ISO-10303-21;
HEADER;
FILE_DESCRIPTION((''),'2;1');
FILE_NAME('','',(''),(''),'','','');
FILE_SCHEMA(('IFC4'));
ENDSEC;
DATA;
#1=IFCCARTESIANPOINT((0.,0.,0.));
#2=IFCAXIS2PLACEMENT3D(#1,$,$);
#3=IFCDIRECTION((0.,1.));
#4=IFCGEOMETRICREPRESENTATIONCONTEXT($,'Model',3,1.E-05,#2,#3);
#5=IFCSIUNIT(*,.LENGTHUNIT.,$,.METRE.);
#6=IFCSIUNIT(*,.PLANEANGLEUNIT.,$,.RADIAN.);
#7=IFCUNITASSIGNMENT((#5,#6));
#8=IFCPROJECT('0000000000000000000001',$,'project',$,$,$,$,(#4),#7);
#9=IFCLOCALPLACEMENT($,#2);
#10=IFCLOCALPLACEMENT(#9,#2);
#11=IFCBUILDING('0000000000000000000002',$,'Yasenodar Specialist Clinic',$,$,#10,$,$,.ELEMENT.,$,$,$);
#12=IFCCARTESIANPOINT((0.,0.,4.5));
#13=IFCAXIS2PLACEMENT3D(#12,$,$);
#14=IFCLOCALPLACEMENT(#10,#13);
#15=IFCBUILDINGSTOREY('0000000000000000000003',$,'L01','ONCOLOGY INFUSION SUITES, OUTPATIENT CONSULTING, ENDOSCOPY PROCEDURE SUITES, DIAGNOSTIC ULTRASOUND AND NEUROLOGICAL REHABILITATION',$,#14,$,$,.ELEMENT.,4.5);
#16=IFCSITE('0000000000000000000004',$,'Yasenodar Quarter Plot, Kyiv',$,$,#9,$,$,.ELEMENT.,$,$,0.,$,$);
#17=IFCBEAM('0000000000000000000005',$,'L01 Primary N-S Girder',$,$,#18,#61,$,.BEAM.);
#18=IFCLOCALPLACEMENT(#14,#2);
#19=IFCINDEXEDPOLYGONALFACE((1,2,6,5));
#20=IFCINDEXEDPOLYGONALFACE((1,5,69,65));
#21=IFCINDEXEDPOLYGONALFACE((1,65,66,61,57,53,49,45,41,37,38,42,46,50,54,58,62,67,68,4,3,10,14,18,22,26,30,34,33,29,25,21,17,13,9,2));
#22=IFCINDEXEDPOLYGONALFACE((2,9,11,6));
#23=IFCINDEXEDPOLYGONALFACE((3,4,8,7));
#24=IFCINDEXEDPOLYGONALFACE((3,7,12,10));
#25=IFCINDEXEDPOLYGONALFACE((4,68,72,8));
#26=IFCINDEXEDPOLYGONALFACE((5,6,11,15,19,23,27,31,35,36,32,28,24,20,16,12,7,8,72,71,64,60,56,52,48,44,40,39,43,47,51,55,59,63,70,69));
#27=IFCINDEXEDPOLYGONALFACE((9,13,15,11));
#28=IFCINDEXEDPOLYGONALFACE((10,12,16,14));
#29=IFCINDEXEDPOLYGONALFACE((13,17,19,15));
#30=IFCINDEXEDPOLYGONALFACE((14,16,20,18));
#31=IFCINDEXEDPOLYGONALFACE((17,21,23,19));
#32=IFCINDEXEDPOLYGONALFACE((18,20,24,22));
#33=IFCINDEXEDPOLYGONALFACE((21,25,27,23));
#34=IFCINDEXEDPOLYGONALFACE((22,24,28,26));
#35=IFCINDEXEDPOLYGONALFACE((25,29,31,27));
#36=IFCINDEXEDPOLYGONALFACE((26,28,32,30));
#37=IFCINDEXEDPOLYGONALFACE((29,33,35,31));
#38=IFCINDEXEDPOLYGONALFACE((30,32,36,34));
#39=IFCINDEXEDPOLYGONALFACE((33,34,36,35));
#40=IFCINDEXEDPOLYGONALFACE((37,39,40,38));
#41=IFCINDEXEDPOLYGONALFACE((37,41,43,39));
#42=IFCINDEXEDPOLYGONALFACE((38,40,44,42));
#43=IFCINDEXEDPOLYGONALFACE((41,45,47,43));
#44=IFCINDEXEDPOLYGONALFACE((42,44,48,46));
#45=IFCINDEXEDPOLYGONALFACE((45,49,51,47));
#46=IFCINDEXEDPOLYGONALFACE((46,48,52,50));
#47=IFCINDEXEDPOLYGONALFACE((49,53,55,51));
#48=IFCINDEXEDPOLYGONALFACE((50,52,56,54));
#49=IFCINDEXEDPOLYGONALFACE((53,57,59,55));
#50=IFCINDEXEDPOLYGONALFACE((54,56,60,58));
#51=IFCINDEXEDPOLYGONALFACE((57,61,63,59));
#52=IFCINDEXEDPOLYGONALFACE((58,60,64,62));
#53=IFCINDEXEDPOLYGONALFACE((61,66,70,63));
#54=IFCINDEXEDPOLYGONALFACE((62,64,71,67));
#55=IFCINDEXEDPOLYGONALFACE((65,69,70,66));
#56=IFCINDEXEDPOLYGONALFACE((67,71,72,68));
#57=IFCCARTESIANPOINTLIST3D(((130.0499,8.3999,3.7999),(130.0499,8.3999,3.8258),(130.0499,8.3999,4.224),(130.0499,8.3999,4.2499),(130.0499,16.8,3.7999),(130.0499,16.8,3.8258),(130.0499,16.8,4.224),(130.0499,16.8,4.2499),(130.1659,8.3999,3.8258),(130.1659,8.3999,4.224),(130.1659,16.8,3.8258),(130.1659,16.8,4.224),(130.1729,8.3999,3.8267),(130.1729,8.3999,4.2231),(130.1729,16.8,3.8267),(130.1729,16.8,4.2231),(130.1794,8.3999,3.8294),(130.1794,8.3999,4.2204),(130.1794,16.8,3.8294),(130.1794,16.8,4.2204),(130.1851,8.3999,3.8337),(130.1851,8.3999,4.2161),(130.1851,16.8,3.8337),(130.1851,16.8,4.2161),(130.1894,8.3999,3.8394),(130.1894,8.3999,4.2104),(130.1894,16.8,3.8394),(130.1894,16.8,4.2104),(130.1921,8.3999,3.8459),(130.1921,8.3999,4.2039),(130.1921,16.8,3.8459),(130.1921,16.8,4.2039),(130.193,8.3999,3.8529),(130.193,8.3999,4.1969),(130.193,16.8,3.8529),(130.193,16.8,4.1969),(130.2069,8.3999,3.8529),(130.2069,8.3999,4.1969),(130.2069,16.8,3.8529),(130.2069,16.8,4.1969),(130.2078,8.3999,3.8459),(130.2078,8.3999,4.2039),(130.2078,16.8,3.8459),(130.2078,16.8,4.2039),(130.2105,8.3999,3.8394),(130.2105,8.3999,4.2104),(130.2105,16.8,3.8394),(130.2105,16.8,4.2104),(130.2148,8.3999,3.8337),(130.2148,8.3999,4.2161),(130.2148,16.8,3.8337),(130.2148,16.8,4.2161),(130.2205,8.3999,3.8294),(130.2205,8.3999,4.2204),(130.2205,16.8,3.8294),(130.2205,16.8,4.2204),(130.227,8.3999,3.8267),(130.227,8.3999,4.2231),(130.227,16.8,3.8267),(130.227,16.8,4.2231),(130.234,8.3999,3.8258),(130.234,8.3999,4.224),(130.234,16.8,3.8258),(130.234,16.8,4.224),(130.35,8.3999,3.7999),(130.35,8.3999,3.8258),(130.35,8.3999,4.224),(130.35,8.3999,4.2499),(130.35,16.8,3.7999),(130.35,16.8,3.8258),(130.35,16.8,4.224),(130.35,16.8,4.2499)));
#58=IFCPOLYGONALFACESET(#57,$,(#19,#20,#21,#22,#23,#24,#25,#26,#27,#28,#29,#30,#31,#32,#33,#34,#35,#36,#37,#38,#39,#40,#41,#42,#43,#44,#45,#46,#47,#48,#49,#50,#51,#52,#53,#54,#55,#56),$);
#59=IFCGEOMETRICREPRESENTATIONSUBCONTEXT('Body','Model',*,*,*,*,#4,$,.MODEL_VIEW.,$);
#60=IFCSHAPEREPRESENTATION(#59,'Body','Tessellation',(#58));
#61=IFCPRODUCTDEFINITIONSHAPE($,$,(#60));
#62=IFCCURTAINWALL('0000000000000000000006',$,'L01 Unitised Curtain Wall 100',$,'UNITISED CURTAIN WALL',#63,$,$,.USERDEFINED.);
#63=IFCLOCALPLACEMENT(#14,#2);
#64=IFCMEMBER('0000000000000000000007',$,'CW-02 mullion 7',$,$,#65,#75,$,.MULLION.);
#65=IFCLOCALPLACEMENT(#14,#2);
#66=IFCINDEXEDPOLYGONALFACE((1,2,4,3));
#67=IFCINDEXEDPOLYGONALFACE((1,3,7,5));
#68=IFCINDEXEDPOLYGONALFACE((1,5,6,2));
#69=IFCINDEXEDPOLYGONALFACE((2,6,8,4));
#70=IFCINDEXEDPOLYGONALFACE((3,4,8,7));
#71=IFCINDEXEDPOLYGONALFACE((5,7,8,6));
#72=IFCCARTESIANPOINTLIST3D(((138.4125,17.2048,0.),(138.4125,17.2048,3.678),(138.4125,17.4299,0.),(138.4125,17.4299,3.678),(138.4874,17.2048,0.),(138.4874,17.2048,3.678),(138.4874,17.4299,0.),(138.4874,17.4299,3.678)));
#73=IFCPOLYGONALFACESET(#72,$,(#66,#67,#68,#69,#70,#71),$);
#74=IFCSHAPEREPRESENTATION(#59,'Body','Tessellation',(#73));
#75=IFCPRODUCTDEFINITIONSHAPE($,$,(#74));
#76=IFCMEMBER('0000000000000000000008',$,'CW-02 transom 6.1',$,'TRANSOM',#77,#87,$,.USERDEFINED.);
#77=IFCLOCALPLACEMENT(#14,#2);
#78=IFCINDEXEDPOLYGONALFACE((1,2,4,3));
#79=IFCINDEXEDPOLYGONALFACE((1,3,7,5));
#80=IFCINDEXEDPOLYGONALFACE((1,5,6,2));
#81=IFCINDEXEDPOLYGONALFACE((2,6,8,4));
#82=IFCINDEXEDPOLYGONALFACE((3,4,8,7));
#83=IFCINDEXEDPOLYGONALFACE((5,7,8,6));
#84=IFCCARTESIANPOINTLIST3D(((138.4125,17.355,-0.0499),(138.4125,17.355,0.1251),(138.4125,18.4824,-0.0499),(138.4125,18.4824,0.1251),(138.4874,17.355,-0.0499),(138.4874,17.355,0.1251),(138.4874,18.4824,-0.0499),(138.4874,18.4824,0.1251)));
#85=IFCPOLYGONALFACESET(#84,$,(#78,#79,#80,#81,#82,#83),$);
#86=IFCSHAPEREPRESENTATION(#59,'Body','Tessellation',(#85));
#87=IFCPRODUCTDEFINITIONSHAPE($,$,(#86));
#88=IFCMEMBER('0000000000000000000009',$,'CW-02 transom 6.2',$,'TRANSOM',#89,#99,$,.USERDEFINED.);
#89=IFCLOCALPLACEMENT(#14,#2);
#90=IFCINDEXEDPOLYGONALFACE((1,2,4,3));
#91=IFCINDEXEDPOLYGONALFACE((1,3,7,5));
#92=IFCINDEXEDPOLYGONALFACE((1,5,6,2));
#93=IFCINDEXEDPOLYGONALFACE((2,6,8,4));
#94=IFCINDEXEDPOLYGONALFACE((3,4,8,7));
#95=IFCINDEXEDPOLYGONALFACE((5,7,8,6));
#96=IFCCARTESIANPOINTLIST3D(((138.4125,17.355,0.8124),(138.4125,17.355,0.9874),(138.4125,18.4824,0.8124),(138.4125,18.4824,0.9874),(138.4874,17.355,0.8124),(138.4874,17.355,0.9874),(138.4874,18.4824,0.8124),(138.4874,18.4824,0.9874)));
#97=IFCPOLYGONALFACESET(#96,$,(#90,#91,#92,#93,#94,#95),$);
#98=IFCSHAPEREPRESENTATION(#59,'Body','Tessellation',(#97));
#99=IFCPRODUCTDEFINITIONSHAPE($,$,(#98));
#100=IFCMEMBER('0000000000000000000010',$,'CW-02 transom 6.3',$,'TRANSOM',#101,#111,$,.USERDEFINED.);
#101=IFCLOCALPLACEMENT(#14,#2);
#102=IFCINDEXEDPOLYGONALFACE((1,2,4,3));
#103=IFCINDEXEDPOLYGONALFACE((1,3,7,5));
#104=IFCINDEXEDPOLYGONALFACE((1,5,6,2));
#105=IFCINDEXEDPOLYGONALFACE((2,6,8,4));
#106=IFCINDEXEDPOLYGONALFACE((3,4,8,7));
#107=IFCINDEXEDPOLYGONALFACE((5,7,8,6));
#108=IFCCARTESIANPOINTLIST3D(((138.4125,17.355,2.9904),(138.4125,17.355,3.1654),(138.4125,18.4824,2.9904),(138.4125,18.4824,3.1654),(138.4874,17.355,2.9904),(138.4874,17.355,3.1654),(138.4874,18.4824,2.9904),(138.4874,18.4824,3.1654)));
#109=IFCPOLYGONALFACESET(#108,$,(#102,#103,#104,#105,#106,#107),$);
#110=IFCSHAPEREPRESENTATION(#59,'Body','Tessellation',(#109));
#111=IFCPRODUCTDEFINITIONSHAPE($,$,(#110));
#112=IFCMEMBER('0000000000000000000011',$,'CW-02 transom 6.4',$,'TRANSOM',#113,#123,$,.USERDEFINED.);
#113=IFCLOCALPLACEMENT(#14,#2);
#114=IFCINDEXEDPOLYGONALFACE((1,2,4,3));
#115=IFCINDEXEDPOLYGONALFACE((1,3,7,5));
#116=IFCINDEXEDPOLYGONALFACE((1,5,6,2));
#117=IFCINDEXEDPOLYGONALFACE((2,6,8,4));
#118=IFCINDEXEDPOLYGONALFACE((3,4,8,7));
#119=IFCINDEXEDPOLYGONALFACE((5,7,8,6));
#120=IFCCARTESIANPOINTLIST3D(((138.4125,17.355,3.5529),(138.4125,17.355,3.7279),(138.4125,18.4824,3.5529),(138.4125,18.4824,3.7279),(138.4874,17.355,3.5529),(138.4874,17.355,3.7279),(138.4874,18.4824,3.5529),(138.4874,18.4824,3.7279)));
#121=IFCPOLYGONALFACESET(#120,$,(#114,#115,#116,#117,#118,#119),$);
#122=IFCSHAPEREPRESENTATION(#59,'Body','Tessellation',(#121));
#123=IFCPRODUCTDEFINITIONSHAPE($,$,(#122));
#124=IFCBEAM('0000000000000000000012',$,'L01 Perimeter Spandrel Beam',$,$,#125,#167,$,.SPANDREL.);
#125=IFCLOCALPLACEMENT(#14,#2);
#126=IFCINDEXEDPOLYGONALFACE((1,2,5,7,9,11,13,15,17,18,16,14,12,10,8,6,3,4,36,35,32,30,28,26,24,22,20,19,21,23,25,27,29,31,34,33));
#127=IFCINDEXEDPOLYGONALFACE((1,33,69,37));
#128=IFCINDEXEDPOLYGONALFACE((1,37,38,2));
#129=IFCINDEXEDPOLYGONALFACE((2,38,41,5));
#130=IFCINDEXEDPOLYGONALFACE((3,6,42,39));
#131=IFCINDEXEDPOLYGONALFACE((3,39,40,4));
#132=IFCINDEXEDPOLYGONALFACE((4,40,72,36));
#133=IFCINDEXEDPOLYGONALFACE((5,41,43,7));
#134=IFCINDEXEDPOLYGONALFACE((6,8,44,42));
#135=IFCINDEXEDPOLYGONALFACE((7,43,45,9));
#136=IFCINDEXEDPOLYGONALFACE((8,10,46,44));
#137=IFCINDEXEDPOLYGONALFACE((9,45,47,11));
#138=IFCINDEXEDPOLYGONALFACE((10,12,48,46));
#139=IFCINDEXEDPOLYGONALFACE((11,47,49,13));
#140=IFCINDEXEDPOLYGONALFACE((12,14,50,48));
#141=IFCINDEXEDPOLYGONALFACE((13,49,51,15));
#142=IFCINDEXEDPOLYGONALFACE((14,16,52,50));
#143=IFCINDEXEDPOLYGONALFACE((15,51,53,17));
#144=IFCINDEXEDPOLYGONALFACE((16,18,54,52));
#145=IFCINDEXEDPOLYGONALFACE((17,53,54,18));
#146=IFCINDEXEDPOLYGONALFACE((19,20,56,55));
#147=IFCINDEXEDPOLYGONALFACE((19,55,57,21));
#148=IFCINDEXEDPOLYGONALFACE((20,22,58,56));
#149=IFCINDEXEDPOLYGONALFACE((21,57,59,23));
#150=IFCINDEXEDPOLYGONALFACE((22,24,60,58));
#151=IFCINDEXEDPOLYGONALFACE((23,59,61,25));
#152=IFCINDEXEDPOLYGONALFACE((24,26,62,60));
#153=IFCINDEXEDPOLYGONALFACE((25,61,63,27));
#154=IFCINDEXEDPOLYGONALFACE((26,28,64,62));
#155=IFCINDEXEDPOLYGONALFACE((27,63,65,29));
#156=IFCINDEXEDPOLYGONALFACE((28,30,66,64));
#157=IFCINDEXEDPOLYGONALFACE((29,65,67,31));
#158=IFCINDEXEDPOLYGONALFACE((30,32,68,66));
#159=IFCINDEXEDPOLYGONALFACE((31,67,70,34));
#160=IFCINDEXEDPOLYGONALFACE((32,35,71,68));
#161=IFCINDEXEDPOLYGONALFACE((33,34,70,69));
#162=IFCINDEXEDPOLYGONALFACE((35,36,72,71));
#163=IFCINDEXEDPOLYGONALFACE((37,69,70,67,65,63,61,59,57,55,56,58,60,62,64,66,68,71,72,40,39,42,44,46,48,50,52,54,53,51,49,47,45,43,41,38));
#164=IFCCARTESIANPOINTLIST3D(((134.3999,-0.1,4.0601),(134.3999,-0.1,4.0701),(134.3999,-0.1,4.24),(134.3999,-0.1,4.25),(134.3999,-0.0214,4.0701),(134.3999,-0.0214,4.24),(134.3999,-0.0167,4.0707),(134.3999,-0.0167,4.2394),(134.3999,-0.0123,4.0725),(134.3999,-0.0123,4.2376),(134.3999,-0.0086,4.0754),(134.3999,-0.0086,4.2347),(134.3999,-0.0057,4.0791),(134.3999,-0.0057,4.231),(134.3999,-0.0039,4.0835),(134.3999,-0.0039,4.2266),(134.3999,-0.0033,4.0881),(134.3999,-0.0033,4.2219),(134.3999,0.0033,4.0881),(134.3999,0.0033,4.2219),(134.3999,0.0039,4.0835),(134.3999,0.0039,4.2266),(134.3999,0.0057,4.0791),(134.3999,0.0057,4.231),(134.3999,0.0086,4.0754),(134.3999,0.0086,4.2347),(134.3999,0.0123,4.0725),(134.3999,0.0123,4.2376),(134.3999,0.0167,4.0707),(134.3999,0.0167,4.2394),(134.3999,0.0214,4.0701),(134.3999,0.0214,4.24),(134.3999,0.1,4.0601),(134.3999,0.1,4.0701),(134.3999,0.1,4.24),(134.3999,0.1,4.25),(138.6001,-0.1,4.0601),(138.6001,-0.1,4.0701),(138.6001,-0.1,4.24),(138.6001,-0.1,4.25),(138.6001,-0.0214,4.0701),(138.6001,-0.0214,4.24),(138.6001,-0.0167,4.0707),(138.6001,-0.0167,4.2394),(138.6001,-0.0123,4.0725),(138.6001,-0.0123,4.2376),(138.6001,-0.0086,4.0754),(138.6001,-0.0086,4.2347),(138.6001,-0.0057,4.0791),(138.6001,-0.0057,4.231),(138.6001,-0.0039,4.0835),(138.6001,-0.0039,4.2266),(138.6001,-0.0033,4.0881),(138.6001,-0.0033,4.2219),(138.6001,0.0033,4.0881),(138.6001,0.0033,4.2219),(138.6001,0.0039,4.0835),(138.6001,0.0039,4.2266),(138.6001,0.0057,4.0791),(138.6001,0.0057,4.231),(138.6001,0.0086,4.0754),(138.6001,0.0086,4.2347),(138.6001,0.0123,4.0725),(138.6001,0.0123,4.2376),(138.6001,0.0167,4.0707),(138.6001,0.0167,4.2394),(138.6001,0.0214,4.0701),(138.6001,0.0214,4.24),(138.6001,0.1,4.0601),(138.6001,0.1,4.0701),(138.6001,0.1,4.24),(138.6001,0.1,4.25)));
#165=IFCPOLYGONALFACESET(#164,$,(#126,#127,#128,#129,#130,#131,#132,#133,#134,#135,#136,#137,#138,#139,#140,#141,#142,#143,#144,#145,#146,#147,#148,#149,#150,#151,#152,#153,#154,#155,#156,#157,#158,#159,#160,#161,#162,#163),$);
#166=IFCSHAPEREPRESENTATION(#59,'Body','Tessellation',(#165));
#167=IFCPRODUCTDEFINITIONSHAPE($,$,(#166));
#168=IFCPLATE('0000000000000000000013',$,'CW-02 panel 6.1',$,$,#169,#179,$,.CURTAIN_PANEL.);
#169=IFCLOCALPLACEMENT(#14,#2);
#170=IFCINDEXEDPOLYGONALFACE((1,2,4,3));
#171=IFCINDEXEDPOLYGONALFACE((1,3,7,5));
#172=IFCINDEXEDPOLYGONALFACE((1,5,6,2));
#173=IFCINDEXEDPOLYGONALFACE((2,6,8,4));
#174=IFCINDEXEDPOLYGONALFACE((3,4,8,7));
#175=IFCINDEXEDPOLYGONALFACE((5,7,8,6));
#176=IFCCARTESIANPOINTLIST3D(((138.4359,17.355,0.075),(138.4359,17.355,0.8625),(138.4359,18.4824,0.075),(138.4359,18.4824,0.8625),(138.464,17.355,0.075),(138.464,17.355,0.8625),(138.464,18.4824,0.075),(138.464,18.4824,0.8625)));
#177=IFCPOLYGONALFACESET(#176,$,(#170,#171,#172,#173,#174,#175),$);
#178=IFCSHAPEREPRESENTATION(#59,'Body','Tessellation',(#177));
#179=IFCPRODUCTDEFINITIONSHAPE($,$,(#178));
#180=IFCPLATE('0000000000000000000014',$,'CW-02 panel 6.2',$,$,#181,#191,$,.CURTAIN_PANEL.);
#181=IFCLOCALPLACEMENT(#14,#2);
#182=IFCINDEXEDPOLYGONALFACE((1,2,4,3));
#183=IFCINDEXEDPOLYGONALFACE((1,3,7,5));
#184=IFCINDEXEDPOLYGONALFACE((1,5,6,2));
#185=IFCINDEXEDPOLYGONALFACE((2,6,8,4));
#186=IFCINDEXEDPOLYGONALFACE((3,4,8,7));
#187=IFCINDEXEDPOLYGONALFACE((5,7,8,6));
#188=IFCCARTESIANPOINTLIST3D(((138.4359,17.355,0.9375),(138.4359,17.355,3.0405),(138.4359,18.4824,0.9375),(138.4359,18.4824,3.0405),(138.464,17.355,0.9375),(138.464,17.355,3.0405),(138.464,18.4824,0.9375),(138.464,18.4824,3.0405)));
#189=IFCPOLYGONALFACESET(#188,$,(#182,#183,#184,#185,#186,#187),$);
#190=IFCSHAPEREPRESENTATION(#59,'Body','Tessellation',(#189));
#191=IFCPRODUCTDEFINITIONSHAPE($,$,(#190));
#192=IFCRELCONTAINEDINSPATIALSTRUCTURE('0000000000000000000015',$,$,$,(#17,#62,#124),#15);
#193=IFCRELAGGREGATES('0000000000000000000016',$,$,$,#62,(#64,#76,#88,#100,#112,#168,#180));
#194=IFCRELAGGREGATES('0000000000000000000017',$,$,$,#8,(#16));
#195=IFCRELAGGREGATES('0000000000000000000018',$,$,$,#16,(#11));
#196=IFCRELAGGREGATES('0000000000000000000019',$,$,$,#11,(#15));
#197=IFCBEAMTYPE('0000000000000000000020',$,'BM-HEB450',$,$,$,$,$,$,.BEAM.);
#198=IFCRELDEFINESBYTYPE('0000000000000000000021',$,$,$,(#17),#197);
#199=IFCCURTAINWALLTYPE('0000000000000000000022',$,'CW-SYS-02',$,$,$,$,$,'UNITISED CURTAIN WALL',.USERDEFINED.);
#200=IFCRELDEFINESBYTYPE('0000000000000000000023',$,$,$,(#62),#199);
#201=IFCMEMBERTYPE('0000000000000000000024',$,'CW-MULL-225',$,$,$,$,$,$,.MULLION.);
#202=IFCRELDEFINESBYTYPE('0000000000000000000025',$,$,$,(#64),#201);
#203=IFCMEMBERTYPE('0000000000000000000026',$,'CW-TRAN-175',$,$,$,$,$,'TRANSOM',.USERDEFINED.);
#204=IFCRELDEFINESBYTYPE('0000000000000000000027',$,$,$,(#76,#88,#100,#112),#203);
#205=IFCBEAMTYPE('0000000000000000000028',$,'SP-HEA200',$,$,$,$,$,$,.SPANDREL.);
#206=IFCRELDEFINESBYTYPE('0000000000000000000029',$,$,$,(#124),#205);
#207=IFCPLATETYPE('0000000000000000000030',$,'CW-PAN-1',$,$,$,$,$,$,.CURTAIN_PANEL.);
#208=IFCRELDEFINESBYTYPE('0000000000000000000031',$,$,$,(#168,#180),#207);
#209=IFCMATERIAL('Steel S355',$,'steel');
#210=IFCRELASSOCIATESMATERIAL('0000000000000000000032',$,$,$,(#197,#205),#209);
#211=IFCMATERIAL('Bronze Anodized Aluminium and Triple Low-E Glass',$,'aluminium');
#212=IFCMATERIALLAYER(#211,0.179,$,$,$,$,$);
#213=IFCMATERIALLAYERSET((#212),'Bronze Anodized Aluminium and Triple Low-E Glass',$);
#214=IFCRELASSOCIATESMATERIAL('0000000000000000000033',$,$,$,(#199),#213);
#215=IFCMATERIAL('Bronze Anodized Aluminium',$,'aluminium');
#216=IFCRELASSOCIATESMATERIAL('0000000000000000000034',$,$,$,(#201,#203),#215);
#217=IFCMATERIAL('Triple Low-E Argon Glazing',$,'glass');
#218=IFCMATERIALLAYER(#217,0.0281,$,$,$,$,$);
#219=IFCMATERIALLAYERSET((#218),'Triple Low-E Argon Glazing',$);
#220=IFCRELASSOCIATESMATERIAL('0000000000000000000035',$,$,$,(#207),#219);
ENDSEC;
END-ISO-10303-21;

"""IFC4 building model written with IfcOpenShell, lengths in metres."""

from ifc_helpers import new_model, si_unit, direction, frame, origin, origin_2d, place, context, subcontext, project, spatial, rectangle, i_section, extrude, material, layer, layer_set, material_profile, profile_set, type_object, element, aggregate, save


model = new_model("IFC4")

# Units and contexts
model_context = context("Model", 3, precision=1e-05, world=origin(), true_north=direction((0.0, 1.0)))
body_context = subcontext(model_context, "Body", "Model", "MODEL_VIEW")
ifc_project = project(units=[si_unit("LENGTHUNIT", "METRE"), si_unit("PLANEANGLEUNIT", "RADIAN")], contexts=[model_context])

# Site, building, storey
site_placement = place(None, origin())
site = spatial("IfcSite", under=ifc_project, at=site_placement, Name="Yasenodar Quarter Plot, Kyiv", CompositionType="ELEMENT", RefElevation=0.0)
building_placement = place(site_placement, origin())
building = spatial("IfcBuilding", under=site, at=building_placement, Name="Yasenodar Specialist Clinic", CompositionType="ELEMENT")
storey_placement = place(building_placement, frame((0.0, 0.0, 4.5)))
storey = spatial("IfcBuildingStorey", under=building, at=storey_placement, Name="L01", Description="ONCOLOGY INFUSION SUITES, OUTPATIENT CONSULTING, ENDOSCOPY PROCEDURE SUITES, DIAGNOSTIC ULTRASOUND AND NEUROLOGICAL REHABILITATION", CompositionType="ELEMENT", Elevation=4.5)

# Shared definitions
ifc_material_1 = material(Name="Steel S355", Category="steel")

# Beam
ifc_material_profile_1 = material_profile(ifc_material_1, i_section(OverallWidth=0.3, OverallDepth=0.45, WebThickness=0.0139, FlangeThickness=0.0259, FilletRadius=0.0271, at=origin_2d()), Name="HEB 450")
ifc_profile_set_1 = profile_set([ifc_material_profile_1], Name="Steel S355")
beam_type_1 = type_object("IfcBeamType", Name="BM-HEB450", PredefinedType="BEAM", material=ifc_profile_set_1)
beam_1_placement = place(storey_placement, frame((130.2, 8.3999, 4.0249), z_axis=(0.0, 1.0, 0.0), x_axis=(-1.0, 0.0, 0.0)))
element("IfcBeam", 1, at=beam_1_placement, inside=storey, type_object=beam_type_1, Name="L01 Primary N-S Girder", PredefinedType="BEAM", context=body_context, shape_type="SweptSolid", body=[
    extrude(i_section(OverallWidth=0.3, OverallDepth=0.45, WebThickness=0.0139, FlangeThickness=0.0259, FilletRadius=0.0271, at=origin_2d()), origin(), (0.0, 0.0, 1.0), 8.4001),
])

# Curtain wall, members
ifc_material_2 = material(Name="Bronze Anodized Aluminium and Triple Low-E Glass", Category="aluminium")
ifc_layer_1 = layer(ifc_material_2, 0.179)
ifc_layer_set_1 = layer_set([ifc_layer_1], Name="Bronze Anodized Aluminium and Triple Low-E Glass")
curtain_wall_type = type_object("IfcCurtainWallType", Name="CW-SYS-02", ElementType="UNITISED CURTAIN WALL", PredefinedType="USERDEFINED", material=ifc_layer_set_1)
curtain_wall_placement = place(storey_placement, origin())
curtain_wall = element("IfcCurtainWall", 2, at=curtain_wall_placement, inside=storey, type_object=curtain_wall_type, Name="L01 Unitised Curtain Wall 100", ObjectType="UNITISED CURTAIN WALL", PredefinedType="USERDEFINED")
ifc_material_3 = material(Name="Bronze Anodized Aluminium", Category="aluminium")
ifc_material_profile_2 = material_profile(ifc_material_3, rectangle(XDim=0.075, YDim=0.2251, at=origin_2d()), Name="CW-MULL 75x225")
ifc_profile_set_2 = profile_set([ifc_material_profile_2], Name="Bronze Anodized Aluminium")
member_type_1 = type_object("IfcMemberType", Name="CW-MULL-225", PredefinedType="MULLION", material=ifc_profile_set_2)
member_1_placement = place(storey_placement, frame((138.45, 17.3174, 0.0), z_axis=(0.0, 0.0, 1.0), x_axis=(1.0, 0.0, 0.0)))
member_1 = element("IfcMember", 3, at=member_1_placement, type_object=member_type_1, Name="CW-02 mullion 7", PredefinedType="MULLION", context=body_context, shape_type="SweptSolid", body=[
    extrude(rectangle(XDim=0.075, YDim=0.2251, at=origin_2d()), origin(), (0.0, 0.0, 1.0), 3.678),
])
ifc_material_profile_3 = material_profile(ifc_material_3, rectangle(XDim=0.075, YDim=0.175, at=origin_2d()), Name="CW-TRAN 75x175")
ifc_profile_set_3 = profile_set([ifc_material_profile_3], Name="Bronze Anodized Aluminium")
member_type_2 = type_object("IfcMemberType", Name="CW-TRAN-175", ElementType="TRANSOM", PredefinedType="USERDEFINED", material=ifc_profile_set_3)
member_2_placement = place(storey_placement, frame((138.45, 18.4824, 0.0376), z_axis=(0.0, -1.0, 0.0), x_axis=(1.0, 0.0, 0.0)))
member_2 = element("IfcMember", 4, at=member_2_placement, type_object=member_type_2, Name="CW-02 transom 6.1", ObjectType="TRANSOM", PredefinedType="USERDEFINED", context=body_context, shape_type="SweptSolid", body=[
    extrude(rectangle(XDim=0.075, YDim=0.175, at=origin_2d()), origin(), (0.0, 0.0, 1.0), 1.1274),
])
member_3_placement = place(storey_placement, frame((138.45, 18.4824, 0.8999), z_axis=(0.0, -1.0, 0.0), x_axis=(1.0, 0.0, 0.0)))
member_3 = element("IfcMember", 5, at=member_3_placement, type_object=member_type_2, Name="CW-02 transom 6.2", ObjectType="TRANSOM", PredefinedType="USERDEFINED", context=body_context, shape_type="SweptSolid", body=[
    extrude(rectangle(XDim=0.075, YDim=0.175, at=origin_2d()), origin(), (0.0, 0.0, 1.0), 1.1274),
])
member_4_placement = place(storey_placement, frame((138.45, 18.4824, 3.0779), z_axis=(0.0, -1.0, 0.0), x_axis=(1.0, 0.0, 0.0)))
member_4 = element("IfcMember", 6, at=member_4_placement, type_object=member_type_2, Name="CW-02 transom 6.3", ObjectType="TRANSOM", PredefinedType="USERDEFINED", context=body_context, shape_type="SweptSolid", body=[
    extrude(rectangle(XDim=0.075, YDim=0.175, at=origin_2d()), origin(), (0.0, 0.0, 1.0), 1.1274),
])
member_5_placement = place(storey_placement, frame((138.45, 18.4824, 3.6404), z_axis=(0.0, -1.0, 0.0), x_axis=(1.0, 0.0, 0.0)))
member_5 = element("IfcMember", 7, at=member_5_placement, type_object=member_type_2, Name="CW-02 transom 6.4", ObjectType="TRANSOM", PredefinedType="USERDEFINED", context=body_context, shape_type="SweptSolid", body=[
    extrude(rectangle(XDim=0.075, YDim=0.175, at=origin_2d()), origin(), (0.0, 0.0, 1.0), 1.1274),
])

# Beam
ifc_material_profile_4 = material_profile(ifc_material_1, i_section(OverallWidth=0.2, OverallDepth=0.1899, WebThickness=0.0066, FlangeThickness=0.01, FilletRadius=0.0181, at=origin_2d()), Name="HEA 200")
ifc_profile_set_4 = profile_set([ifc_material_profile_4], Name="Steel S355")
beam_type_2 = type_object("IfcBeamType", Name="SP-HEA200", PredefinedType="SPANDREL", material=ifc_profile_set_4)
beam_2_placement = place(storey_placement, frame((134.3999, 0.0, 4.155), z_axis=(1.0, 0.0, 0.0), x_axis=(0.0, 1.0, 0.0)))
element("IfcBeam", 8, at=beam_2_placement, inside=storey, type_object=beam_type_2, Name="L01 Perimeter Spandrel Beam", PredefinedType="SPANDREL", context=body_context, shape_type="SweptSolid", body=[
    extrude(i_section(OverallWidth=0.2, OverallDepth=0.1899, WebThickness=0.0066, FlangeThickness=0.01, FilletRadius=0.0181, at=origin_2d()), origin(), (0.0, 0.0, 1.0), 4.2002),
])

# Plates
ifc_material_4 = material(Name="Triple Low-E Argon Glazing", Category="glass")
ifc_layer_2 = layer(ifc_material_4, 0.0281)
ifc_layer_set_2 = layer_set([ifc_layer_2], Name="Triple Low-E Argon Glazing")
plate_type_1 = type_object("IfcPlateType", Name="CW-PAN-1", PredefinedType="CURTAIN_PANEL", material=ifc_layer_set_2)
plate_1_placement = place(storey_placement, frame((138.45, 17.9187, 0.075), z_axis=(0.0, 0.0, 1.0), x_axis=(0.0, -1.0, 0.0)))
plate_1 = element("IfcPlate", 9, at=plate_1_placement, type_object=plate_type_1, Name="CW-02 panel 6.1", PredefinedType="CURTAIN_PANEL", context=body_context, shape_type="SweptSolid", body=[
    extrude(rectangle(XDim=1.1274, YDim=0.0281, at=origin_2d()), origin(), (0.0, 0.0, 1.0), 0.7876),
])
plate_2_placement = place(storey_placement, frame((138.45, 17.9187, 0.9375), z_axis=(0.0, 0.0, 1.0), x_axis=(0.0, -1.0, 0.0)))
plate_2 = element("IfcPlate", 10, at=plate_2_placement, type_object=plate_type_1, Name="CW-02 panel 6.2", PredefinedType="CURTAIN_PANEL", context=body_context, shape_type="SweptSolid", body=[
    extrude(rectangle(XDim=1.1274, YDim=0.0281, at=origin_2d()), origin(), (0.0, 0.0, 1.0), 2.103),
])
aggregate(curtain_wall, [member_1, member_2, member_3, member_4, member_5, plate_1, plate_2])

save(model, "model.ifc")
